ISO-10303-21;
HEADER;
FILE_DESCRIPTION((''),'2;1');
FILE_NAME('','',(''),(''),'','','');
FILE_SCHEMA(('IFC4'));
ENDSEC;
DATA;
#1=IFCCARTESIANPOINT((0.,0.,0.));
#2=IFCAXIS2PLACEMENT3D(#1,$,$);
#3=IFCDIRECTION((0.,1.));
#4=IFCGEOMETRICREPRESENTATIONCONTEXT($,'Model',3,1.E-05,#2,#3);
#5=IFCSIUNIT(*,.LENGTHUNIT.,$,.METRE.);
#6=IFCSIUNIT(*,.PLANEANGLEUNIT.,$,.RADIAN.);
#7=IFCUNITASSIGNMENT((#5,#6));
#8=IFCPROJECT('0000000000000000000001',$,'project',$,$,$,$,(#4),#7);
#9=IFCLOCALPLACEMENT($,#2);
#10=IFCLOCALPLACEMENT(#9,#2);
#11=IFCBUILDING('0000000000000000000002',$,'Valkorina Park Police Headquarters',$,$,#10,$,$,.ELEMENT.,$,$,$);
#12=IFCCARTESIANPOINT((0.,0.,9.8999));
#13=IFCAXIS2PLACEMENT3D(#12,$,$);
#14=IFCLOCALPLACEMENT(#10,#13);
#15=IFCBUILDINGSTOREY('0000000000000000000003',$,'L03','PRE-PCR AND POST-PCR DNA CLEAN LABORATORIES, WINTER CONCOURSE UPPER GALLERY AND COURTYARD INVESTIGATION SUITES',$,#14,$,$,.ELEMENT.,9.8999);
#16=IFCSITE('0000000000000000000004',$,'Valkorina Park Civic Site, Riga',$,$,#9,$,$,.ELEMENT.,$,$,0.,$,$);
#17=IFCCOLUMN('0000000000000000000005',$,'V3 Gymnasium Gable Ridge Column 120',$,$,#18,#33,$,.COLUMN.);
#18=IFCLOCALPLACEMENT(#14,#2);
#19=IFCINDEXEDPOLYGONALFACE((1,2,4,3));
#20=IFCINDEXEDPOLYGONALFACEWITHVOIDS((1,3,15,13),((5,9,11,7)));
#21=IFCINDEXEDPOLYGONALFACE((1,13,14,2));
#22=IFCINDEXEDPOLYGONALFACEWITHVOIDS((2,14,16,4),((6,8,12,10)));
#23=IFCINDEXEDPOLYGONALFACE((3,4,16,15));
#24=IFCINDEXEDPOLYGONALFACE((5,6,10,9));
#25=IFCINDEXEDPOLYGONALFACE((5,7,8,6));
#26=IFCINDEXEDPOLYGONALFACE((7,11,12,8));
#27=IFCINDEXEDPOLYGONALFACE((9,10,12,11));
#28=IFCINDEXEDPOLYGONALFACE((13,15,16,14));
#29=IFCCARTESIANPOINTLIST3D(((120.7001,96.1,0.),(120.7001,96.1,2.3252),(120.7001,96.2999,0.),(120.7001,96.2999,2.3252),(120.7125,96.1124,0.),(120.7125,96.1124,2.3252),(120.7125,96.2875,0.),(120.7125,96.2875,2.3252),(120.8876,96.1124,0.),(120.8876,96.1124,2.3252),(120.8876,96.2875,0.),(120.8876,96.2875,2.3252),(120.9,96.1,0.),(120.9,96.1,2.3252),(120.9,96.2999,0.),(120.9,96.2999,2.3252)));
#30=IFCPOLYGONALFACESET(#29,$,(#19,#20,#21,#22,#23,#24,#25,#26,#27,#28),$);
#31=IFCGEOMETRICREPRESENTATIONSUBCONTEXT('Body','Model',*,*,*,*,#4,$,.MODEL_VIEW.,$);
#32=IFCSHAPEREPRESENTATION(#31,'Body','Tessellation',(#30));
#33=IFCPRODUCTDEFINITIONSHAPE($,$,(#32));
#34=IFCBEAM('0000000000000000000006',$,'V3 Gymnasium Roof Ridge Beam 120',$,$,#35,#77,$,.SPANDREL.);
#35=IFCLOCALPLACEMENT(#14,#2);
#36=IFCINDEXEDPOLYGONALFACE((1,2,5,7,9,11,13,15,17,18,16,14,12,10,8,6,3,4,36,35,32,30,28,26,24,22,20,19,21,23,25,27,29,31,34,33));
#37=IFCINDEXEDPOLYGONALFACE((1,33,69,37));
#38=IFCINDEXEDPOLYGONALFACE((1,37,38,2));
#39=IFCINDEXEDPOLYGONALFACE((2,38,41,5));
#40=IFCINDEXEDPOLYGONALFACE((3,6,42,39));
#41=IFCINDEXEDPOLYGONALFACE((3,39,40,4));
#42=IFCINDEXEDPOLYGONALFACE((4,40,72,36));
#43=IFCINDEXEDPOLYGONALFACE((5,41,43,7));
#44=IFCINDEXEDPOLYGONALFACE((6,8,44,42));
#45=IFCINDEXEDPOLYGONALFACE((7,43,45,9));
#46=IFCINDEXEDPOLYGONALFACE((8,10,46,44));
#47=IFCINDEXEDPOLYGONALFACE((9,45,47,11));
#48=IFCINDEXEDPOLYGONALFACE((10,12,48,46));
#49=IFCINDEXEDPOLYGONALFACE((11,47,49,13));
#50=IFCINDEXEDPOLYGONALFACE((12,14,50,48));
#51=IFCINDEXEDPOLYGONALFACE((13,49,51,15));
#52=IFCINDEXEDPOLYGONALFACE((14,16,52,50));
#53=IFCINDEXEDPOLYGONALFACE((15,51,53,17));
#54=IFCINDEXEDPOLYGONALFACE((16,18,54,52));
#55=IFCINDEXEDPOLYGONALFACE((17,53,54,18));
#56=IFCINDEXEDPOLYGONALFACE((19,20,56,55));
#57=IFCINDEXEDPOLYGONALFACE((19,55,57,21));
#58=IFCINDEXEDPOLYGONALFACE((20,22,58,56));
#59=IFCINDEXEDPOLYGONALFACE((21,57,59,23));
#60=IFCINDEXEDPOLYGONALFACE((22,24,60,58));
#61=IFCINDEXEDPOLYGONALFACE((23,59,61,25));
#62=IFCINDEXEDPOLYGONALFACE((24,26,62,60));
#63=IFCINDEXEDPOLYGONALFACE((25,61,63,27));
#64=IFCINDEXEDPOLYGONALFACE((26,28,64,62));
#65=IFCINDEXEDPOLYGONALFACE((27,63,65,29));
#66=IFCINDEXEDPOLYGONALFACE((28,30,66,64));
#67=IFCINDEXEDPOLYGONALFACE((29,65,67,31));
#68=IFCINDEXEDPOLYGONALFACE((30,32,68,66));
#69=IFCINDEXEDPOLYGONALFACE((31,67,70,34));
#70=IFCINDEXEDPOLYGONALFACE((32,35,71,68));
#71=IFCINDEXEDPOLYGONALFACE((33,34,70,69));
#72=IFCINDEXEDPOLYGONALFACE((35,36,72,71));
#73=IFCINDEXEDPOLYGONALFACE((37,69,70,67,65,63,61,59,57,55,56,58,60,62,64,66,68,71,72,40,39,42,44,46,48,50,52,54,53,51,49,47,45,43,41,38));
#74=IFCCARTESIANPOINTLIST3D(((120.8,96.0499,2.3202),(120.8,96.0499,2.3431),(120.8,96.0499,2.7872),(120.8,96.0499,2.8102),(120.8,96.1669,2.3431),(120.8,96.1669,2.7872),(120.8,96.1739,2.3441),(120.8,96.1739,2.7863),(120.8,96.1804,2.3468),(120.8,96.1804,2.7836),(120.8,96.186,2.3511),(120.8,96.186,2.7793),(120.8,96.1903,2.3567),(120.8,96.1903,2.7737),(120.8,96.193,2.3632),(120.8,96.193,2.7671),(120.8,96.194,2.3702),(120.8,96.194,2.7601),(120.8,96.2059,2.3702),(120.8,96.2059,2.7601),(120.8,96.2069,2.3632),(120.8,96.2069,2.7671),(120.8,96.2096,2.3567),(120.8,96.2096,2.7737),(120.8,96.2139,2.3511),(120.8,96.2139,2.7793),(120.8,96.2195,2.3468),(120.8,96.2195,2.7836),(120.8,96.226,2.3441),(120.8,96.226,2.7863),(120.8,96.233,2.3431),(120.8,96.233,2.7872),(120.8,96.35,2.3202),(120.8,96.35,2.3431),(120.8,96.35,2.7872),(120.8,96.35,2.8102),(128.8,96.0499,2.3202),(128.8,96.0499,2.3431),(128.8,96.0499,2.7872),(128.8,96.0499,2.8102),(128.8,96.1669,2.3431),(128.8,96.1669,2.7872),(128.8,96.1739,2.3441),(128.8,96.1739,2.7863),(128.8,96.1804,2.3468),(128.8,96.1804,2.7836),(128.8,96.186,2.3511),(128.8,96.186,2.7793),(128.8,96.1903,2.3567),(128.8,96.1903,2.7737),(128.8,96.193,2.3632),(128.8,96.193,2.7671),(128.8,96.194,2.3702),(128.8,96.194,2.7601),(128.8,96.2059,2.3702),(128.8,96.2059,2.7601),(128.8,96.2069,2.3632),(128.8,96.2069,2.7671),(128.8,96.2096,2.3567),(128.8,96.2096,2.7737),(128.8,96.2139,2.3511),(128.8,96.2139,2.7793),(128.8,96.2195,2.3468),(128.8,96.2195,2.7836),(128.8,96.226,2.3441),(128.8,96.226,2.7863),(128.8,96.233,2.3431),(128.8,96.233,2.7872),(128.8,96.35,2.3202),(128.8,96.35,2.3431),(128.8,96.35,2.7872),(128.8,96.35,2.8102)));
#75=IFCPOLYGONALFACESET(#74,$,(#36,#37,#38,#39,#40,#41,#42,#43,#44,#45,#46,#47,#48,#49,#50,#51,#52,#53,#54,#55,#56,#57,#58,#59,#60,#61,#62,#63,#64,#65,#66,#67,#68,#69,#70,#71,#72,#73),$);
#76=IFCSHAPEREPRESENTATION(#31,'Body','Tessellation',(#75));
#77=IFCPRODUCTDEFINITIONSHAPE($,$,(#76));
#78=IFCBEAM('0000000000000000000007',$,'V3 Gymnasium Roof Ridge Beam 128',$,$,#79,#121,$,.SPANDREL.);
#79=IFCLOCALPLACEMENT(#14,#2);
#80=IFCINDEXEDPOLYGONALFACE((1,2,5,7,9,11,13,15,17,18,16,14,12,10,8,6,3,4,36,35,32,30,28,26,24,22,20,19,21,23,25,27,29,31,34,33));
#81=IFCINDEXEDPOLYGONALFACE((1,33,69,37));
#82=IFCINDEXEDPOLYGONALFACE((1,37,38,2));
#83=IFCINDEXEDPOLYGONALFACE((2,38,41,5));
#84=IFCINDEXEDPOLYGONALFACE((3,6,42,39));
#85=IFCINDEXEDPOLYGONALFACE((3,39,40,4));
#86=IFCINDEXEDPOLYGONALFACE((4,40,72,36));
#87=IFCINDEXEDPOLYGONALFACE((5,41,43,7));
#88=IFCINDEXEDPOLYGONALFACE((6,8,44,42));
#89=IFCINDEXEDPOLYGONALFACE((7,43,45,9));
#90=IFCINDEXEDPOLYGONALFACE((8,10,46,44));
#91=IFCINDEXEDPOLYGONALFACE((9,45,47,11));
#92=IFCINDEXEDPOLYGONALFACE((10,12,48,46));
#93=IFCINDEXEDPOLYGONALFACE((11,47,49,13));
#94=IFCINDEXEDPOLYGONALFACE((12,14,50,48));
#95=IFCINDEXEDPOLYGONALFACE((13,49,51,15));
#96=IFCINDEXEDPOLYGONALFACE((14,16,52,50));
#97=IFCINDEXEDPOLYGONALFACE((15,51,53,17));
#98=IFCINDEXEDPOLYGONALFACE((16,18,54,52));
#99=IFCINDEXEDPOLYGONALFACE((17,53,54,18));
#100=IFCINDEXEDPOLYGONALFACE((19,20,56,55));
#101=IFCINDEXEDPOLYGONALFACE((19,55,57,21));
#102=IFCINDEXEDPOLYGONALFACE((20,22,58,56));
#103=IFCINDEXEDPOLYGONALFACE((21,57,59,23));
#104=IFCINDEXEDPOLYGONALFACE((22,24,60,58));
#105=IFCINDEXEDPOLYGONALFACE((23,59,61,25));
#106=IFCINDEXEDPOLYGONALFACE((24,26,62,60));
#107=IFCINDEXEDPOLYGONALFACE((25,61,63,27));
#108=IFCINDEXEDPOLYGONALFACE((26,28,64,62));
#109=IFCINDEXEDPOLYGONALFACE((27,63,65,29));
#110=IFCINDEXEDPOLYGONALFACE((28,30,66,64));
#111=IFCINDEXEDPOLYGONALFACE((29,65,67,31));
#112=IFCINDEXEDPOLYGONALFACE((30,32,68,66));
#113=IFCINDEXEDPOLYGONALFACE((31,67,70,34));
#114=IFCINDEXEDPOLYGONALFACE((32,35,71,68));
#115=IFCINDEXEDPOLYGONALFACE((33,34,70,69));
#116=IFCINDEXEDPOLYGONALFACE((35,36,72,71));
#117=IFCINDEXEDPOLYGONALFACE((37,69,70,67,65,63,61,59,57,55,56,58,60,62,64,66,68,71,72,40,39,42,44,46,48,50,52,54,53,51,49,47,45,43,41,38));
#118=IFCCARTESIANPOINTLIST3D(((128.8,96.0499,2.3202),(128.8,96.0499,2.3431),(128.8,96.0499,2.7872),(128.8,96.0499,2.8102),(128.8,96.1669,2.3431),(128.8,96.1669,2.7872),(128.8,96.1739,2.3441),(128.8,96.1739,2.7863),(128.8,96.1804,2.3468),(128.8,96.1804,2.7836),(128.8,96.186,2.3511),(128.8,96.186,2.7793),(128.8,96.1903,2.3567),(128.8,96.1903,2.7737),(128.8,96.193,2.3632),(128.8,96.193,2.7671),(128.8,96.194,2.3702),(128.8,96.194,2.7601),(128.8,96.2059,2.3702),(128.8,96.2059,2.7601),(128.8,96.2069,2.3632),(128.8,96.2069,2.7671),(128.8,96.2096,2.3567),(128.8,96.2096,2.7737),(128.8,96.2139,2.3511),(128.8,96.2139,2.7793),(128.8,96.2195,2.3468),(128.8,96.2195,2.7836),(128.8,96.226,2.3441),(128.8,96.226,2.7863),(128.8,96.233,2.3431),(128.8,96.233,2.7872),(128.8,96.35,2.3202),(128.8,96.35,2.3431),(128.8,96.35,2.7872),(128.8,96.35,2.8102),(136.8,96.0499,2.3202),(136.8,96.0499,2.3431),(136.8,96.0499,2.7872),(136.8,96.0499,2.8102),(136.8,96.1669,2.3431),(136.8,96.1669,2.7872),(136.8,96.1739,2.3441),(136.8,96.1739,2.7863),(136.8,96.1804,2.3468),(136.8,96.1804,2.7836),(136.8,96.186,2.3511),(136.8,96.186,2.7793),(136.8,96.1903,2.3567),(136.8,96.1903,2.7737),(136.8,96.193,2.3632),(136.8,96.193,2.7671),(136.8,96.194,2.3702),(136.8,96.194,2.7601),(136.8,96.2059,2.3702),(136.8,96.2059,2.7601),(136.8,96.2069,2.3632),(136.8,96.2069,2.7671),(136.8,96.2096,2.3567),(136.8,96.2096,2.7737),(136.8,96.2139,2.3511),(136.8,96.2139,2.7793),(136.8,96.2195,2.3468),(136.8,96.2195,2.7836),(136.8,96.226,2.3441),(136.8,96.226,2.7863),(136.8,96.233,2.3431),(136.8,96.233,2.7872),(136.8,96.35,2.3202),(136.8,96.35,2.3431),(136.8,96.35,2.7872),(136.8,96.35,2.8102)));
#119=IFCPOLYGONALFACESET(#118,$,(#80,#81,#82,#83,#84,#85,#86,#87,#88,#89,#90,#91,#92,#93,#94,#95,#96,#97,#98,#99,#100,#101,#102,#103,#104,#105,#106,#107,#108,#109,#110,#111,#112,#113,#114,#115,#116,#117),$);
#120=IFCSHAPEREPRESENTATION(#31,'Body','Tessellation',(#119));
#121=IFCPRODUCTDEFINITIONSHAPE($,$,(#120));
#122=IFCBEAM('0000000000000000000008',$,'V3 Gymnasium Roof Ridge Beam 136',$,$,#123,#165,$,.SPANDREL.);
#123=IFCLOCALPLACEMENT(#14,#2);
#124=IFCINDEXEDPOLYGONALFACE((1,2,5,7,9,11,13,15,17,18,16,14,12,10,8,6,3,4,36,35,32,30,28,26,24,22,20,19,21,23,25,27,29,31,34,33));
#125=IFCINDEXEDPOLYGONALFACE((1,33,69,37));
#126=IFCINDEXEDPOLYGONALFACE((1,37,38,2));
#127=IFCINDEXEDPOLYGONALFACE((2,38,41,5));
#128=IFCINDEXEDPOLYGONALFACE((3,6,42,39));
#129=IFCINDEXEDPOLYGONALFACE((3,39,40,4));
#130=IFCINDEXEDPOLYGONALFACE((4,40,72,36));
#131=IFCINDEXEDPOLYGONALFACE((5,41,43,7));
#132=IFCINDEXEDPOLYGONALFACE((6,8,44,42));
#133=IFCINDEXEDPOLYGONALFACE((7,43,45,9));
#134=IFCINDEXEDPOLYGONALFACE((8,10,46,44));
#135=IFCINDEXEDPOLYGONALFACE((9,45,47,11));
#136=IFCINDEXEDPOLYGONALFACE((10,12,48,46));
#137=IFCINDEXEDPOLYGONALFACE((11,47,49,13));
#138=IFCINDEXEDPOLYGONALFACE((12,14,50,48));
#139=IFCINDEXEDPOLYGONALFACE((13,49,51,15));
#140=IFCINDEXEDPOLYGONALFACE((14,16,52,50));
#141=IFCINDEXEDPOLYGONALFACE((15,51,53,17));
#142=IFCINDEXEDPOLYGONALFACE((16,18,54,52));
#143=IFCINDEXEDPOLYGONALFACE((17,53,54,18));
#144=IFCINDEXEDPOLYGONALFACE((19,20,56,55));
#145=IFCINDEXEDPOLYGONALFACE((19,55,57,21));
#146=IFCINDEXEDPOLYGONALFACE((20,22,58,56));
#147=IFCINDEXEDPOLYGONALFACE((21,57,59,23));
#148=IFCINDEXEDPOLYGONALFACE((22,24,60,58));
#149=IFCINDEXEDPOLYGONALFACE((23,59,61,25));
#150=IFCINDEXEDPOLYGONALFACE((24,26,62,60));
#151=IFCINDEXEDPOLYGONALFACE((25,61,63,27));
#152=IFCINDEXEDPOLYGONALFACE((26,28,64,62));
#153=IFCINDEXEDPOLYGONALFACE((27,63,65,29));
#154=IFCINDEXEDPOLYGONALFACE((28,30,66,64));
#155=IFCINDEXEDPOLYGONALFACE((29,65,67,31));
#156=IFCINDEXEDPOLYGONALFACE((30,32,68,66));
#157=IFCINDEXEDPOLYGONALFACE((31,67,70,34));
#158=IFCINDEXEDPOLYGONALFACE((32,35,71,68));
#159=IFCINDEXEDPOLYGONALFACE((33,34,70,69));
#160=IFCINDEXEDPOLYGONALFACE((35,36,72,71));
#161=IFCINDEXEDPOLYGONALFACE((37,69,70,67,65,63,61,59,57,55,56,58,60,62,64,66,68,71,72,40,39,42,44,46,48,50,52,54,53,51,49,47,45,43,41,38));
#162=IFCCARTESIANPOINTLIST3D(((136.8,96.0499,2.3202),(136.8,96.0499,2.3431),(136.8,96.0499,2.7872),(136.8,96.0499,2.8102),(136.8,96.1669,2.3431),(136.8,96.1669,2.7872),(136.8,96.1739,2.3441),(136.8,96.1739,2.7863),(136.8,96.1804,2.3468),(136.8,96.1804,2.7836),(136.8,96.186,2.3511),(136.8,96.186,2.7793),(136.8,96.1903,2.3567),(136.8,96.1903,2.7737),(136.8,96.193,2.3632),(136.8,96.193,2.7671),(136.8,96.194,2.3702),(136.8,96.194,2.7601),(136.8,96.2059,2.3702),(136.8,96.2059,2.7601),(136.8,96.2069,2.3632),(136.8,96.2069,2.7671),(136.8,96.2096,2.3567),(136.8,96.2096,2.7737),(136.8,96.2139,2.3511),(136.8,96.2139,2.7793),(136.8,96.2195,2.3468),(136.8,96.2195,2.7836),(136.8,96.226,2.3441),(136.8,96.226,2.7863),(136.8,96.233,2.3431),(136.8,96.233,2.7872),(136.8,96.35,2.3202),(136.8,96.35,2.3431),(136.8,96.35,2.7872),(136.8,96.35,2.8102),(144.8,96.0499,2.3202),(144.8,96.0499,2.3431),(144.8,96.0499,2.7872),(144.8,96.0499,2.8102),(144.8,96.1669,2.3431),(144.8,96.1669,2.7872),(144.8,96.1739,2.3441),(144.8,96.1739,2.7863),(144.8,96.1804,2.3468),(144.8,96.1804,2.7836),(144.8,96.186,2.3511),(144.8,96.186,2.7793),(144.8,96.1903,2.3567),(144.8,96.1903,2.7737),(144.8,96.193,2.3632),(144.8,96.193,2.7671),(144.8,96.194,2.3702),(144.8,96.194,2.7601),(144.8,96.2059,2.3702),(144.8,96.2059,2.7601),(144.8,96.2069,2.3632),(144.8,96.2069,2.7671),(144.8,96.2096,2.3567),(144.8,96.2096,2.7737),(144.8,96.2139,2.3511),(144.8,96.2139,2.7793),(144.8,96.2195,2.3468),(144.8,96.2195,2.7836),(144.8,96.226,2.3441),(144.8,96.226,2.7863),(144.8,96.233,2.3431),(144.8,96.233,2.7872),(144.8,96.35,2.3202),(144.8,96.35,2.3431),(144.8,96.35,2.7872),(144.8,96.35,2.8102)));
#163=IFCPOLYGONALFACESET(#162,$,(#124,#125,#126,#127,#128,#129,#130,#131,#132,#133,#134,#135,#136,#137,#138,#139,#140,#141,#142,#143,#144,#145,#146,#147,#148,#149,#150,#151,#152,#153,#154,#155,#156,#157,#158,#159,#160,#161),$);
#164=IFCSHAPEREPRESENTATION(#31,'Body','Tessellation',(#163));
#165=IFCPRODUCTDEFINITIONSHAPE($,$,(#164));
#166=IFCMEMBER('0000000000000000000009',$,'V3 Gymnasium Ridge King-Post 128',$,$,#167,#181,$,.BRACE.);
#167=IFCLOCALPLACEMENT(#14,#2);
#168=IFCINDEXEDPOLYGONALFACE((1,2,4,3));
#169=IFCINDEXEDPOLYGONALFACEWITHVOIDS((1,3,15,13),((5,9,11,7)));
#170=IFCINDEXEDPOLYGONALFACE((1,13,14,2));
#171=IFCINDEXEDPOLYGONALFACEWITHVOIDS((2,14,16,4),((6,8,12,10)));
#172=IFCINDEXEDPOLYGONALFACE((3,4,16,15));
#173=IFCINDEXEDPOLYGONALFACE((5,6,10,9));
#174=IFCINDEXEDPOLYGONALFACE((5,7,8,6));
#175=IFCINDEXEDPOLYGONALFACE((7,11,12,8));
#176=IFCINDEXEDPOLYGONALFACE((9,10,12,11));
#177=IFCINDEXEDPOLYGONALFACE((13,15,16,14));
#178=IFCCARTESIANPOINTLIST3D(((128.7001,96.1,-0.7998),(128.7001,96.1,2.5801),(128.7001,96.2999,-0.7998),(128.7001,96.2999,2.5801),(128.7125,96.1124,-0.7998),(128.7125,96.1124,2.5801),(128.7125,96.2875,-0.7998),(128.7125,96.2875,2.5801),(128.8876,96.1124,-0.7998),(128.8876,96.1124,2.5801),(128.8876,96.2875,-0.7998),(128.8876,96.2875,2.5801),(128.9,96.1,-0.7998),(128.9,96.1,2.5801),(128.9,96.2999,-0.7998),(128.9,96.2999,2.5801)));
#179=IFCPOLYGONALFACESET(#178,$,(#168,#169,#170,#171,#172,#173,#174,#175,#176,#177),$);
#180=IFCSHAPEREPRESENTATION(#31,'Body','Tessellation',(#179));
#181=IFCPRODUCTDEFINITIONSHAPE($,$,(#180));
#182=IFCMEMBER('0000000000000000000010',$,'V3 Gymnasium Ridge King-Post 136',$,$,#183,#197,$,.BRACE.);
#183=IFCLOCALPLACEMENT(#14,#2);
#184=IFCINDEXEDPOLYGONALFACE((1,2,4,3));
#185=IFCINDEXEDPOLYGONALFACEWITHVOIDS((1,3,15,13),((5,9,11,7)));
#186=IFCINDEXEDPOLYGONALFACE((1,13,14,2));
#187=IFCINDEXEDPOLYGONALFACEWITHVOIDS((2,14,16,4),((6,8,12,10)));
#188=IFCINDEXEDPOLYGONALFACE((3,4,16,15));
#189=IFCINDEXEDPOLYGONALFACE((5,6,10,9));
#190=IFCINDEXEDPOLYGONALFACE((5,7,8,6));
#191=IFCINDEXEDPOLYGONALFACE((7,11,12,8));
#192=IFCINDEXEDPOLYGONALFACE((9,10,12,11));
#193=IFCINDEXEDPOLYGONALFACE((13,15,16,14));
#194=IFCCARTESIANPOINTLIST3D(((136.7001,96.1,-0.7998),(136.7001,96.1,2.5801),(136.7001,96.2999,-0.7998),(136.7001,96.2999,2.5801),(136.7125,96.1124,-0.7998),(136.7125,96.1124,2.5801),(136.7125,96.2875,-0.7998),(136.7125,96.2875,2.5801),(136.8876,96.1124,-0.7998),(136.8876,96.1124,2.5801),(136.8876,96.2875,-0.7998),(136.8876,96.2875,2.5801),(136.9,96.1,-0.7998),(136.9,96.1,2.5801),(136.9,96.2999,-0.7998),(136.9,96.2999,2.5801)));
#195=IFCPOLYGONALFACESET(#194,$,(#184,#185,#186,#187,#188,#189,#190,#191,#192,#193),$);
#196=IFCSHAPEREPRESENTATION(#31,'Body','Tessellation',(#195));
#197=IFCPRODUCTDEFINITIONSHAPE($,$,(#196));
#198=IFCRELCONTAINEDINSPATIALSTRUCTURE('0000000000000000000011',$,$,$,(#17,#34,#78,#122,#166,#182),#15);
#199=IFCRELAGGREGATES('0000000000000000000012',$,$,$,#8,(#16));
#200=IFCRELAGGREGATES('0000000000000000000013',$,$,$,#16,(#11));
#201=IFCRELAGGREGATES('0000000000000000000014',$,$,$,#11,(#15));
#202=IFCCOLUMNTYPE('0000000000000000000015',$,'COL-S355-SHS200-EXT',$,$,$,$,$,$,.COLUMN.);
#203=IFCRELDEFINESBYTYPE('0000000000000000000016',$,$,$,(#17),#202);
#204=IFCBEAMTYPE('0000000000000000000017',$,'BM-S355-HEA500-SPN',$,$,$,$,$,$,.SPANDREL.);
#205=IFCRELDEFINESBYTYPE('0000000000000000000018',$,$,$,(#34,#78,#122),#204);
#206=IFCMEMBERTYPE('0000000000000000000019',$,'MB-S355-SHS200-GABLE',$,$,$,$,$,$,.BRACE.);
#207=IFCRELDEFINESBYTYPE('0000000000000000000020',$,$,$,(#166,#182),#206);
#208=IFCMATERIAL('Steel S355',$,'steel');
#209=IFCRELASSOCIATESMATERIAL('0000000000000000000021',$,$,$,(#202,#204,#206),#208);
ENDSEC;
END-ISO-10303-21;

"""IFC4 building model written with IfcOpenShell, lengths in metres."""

from ifc_helpers import new_model, si_unit, direction, frame, origin, origin_2d, place, context, subcontext, project, spatial, hollow_rectangle, i_section, extrude, material, material_profile, profile_set, type_object, element, save


model = new_model("IFC4")

# Units and contexts
model_context = context("Model", 3, precision=1e-05, world=origin(), true_north=direction((0.0, 1.0)))
body_context = subcontext(model_context, "Body", "Model", "MODEL_VIEW")
ifc_project = project(units=[si_unit("LENGTHUNIT", "METRE"), si_unit("PLANEANGLEUNIT", "RADIAN")], contexts=[model_context])

# Site, building, storey
site_placement = place(None, origin())
site = spatial("IfcSite", under=ifc_project, at=site_placement, Name="Valkorina Park Civic Site, Riga", CompositionType="ELEMENT", RefElevation=0.0)
building_placement = place(site_placement, origin())
building = spatial("IfcBuilding", under=site, at=building_placement, Name="Valkorina Park Police Headquarters", CompositionType="ELEMENT")
storey_placement = place(building_placement, frame((0.0, 0.0, 9.8999)))
storey = spatial("IfcBuildingStorey", under=building, at=storey_placement, Name="L03", Description="PRE-PCR AND POST-PCR DNA CLEAN LABORATORIES, WINTER CONCOURSE UPPER GALLERY AND COURTYARD INVESTIGATION SUITES", CompositionType="ELEMENT", Elevation=9.8999)

# Column
ifc_material_1 = material(Name="Steel S355", Category="steel")
ifc_material_profile_1 = material_profile(ifc_material_1, hollow_rectangle(XDim=0.2, YDim=0.2, WallThickness=0.0125, at=origin_2d()), Name="SHS 200x200x12.5")
ifc_profile_set_1 = profile_set([ifc_material_profile_1], Name="Steel S355")
column_type = type_object("IfcColumnType", Name="COL-S355-SHS200-EXT", PredefinedType="COLUMN", material=ifc_profile_set_1)
column_placement = place(storey_placement, frame((120.8, 96.2, 0.0), z_axis=(0.0, 0.0, 1.0), x_axis=(1.0, 0.0, 0.0)))
element("IfcColumn", 1, at=column_placement, inside=storey, type_object=column_type, Name="V3 Gymnasium Gable Ridge Column 120", PredefinedType="COLUMN", context=body_context, shape_type="SweptSolid", body=[
    extrude(hollow_rectangle(XDim=0.2, YDim=0.2, WallThickness=0.0125, at=origin_2d()), origin(), (0.0, 0.0, 1.0), 2.3252),
])

# Beams
ifc_material_profile_2 = material_profile(ifc_material_1, i_section(OverallWidth=0.3, OverallDepth=0.49, WebThickness=0.012, FlangeThickness=0.0229, FilletRadius=0.0271, at=origin_2d()), Name="HEA 500")
ifc_profile_set_2 = profile_set([ifc_material_profile_2], Name="Steel S355")
beam_type = type_object("IfcBeamType", Name="BM-S355-HEA500-SPN", PredefinedType="SPANDREL", material=ifc_profile_set_2)
for number, where, z_axis, x_axis, name in (
    (2, (120.8, 96.2, 2.5652), (1.0, 0.0, 0.0), (0.0, 1.0, 0.0), "V3 Gymnasium Roof Ridge Beam 120"),
    (3, (128.8, 96.2, 2.5652), (1.0, 0.0, 0.0), (0.0, 1.0, 0.0), "V3 Gymnasium Roof Ridge Beam 128"),
    (4, (136.8, 96.2, 2.5652), (1.0, 0.0, 0.0), (0.0, 1.0, 0.0), "V3 Gymnasium Roof Ridge Beam 136"),
):
    element("IfcBeam", number, at=place(storey_placement, frame(where, z_axis=z_axis, x_axis=x_axis)), inside=storey, type_object=beam_type, Name=name, PredefinedType="SPANDREL", context=body_context, shape_type="SweptSolid", body=[
        extrude(i_section(OverallWidth=0.3, OverallDepth=0.49, WebThickness=0.012, FlangeThickness=0.0229, FilletRadius=0.0271, at=origin_2d()), origin(), (0.0, 0.0, 1.0), 8.0),
    ])

# Members
ifc_material_profile_3 = material_profile(ifc_material_1, hollow_rectangle(XDim=0.2, YDim=0.2, WallThickness=0.0125, at=origin_2d()), Name="SHS 200x200x12.5")
ifc_profile_set_3 = profile_set([ifc_material_profile_3], Name="Steel S355")
member_type = type_object("IfcMemberType", Name="MB-S355-SHS200-GABLE", PredefinedType="BRACE", material=ifc_profile_set_3)
for number, where, z_axis, x_axis, name in (
    (5, (128.8, 96.2, -0.7998), (0.0, 0.0, 1.0), (1.0, 0.0, 0.0), "V3 Gymnasium Ridge King-Post 128"),
    (6, (136.8, 96.2, -0.7998), (0.0, 0.0, 1.0), (1.0, 0.0, 0.0), "V3 Gymnasium Ridge King-Post 136"),
):
    element("IfcMember", number, at=place(storey_placement, frame(where, z_axis=z_axis, x_axis=x_axis)), inside=storey, type_object=member_type, Name=name, PredefinedType="BRACE", context=body_context, shape_type="SweptSolid", body=[
        extrude(hollow_rectangle(XDim=0.2, YDim=0.2, WallThickness=0.0125, at=origin_2d()), origin(), (0.0, 0.0, 1.0), 3.3799),
    ])

save(model, "model.ifc")
